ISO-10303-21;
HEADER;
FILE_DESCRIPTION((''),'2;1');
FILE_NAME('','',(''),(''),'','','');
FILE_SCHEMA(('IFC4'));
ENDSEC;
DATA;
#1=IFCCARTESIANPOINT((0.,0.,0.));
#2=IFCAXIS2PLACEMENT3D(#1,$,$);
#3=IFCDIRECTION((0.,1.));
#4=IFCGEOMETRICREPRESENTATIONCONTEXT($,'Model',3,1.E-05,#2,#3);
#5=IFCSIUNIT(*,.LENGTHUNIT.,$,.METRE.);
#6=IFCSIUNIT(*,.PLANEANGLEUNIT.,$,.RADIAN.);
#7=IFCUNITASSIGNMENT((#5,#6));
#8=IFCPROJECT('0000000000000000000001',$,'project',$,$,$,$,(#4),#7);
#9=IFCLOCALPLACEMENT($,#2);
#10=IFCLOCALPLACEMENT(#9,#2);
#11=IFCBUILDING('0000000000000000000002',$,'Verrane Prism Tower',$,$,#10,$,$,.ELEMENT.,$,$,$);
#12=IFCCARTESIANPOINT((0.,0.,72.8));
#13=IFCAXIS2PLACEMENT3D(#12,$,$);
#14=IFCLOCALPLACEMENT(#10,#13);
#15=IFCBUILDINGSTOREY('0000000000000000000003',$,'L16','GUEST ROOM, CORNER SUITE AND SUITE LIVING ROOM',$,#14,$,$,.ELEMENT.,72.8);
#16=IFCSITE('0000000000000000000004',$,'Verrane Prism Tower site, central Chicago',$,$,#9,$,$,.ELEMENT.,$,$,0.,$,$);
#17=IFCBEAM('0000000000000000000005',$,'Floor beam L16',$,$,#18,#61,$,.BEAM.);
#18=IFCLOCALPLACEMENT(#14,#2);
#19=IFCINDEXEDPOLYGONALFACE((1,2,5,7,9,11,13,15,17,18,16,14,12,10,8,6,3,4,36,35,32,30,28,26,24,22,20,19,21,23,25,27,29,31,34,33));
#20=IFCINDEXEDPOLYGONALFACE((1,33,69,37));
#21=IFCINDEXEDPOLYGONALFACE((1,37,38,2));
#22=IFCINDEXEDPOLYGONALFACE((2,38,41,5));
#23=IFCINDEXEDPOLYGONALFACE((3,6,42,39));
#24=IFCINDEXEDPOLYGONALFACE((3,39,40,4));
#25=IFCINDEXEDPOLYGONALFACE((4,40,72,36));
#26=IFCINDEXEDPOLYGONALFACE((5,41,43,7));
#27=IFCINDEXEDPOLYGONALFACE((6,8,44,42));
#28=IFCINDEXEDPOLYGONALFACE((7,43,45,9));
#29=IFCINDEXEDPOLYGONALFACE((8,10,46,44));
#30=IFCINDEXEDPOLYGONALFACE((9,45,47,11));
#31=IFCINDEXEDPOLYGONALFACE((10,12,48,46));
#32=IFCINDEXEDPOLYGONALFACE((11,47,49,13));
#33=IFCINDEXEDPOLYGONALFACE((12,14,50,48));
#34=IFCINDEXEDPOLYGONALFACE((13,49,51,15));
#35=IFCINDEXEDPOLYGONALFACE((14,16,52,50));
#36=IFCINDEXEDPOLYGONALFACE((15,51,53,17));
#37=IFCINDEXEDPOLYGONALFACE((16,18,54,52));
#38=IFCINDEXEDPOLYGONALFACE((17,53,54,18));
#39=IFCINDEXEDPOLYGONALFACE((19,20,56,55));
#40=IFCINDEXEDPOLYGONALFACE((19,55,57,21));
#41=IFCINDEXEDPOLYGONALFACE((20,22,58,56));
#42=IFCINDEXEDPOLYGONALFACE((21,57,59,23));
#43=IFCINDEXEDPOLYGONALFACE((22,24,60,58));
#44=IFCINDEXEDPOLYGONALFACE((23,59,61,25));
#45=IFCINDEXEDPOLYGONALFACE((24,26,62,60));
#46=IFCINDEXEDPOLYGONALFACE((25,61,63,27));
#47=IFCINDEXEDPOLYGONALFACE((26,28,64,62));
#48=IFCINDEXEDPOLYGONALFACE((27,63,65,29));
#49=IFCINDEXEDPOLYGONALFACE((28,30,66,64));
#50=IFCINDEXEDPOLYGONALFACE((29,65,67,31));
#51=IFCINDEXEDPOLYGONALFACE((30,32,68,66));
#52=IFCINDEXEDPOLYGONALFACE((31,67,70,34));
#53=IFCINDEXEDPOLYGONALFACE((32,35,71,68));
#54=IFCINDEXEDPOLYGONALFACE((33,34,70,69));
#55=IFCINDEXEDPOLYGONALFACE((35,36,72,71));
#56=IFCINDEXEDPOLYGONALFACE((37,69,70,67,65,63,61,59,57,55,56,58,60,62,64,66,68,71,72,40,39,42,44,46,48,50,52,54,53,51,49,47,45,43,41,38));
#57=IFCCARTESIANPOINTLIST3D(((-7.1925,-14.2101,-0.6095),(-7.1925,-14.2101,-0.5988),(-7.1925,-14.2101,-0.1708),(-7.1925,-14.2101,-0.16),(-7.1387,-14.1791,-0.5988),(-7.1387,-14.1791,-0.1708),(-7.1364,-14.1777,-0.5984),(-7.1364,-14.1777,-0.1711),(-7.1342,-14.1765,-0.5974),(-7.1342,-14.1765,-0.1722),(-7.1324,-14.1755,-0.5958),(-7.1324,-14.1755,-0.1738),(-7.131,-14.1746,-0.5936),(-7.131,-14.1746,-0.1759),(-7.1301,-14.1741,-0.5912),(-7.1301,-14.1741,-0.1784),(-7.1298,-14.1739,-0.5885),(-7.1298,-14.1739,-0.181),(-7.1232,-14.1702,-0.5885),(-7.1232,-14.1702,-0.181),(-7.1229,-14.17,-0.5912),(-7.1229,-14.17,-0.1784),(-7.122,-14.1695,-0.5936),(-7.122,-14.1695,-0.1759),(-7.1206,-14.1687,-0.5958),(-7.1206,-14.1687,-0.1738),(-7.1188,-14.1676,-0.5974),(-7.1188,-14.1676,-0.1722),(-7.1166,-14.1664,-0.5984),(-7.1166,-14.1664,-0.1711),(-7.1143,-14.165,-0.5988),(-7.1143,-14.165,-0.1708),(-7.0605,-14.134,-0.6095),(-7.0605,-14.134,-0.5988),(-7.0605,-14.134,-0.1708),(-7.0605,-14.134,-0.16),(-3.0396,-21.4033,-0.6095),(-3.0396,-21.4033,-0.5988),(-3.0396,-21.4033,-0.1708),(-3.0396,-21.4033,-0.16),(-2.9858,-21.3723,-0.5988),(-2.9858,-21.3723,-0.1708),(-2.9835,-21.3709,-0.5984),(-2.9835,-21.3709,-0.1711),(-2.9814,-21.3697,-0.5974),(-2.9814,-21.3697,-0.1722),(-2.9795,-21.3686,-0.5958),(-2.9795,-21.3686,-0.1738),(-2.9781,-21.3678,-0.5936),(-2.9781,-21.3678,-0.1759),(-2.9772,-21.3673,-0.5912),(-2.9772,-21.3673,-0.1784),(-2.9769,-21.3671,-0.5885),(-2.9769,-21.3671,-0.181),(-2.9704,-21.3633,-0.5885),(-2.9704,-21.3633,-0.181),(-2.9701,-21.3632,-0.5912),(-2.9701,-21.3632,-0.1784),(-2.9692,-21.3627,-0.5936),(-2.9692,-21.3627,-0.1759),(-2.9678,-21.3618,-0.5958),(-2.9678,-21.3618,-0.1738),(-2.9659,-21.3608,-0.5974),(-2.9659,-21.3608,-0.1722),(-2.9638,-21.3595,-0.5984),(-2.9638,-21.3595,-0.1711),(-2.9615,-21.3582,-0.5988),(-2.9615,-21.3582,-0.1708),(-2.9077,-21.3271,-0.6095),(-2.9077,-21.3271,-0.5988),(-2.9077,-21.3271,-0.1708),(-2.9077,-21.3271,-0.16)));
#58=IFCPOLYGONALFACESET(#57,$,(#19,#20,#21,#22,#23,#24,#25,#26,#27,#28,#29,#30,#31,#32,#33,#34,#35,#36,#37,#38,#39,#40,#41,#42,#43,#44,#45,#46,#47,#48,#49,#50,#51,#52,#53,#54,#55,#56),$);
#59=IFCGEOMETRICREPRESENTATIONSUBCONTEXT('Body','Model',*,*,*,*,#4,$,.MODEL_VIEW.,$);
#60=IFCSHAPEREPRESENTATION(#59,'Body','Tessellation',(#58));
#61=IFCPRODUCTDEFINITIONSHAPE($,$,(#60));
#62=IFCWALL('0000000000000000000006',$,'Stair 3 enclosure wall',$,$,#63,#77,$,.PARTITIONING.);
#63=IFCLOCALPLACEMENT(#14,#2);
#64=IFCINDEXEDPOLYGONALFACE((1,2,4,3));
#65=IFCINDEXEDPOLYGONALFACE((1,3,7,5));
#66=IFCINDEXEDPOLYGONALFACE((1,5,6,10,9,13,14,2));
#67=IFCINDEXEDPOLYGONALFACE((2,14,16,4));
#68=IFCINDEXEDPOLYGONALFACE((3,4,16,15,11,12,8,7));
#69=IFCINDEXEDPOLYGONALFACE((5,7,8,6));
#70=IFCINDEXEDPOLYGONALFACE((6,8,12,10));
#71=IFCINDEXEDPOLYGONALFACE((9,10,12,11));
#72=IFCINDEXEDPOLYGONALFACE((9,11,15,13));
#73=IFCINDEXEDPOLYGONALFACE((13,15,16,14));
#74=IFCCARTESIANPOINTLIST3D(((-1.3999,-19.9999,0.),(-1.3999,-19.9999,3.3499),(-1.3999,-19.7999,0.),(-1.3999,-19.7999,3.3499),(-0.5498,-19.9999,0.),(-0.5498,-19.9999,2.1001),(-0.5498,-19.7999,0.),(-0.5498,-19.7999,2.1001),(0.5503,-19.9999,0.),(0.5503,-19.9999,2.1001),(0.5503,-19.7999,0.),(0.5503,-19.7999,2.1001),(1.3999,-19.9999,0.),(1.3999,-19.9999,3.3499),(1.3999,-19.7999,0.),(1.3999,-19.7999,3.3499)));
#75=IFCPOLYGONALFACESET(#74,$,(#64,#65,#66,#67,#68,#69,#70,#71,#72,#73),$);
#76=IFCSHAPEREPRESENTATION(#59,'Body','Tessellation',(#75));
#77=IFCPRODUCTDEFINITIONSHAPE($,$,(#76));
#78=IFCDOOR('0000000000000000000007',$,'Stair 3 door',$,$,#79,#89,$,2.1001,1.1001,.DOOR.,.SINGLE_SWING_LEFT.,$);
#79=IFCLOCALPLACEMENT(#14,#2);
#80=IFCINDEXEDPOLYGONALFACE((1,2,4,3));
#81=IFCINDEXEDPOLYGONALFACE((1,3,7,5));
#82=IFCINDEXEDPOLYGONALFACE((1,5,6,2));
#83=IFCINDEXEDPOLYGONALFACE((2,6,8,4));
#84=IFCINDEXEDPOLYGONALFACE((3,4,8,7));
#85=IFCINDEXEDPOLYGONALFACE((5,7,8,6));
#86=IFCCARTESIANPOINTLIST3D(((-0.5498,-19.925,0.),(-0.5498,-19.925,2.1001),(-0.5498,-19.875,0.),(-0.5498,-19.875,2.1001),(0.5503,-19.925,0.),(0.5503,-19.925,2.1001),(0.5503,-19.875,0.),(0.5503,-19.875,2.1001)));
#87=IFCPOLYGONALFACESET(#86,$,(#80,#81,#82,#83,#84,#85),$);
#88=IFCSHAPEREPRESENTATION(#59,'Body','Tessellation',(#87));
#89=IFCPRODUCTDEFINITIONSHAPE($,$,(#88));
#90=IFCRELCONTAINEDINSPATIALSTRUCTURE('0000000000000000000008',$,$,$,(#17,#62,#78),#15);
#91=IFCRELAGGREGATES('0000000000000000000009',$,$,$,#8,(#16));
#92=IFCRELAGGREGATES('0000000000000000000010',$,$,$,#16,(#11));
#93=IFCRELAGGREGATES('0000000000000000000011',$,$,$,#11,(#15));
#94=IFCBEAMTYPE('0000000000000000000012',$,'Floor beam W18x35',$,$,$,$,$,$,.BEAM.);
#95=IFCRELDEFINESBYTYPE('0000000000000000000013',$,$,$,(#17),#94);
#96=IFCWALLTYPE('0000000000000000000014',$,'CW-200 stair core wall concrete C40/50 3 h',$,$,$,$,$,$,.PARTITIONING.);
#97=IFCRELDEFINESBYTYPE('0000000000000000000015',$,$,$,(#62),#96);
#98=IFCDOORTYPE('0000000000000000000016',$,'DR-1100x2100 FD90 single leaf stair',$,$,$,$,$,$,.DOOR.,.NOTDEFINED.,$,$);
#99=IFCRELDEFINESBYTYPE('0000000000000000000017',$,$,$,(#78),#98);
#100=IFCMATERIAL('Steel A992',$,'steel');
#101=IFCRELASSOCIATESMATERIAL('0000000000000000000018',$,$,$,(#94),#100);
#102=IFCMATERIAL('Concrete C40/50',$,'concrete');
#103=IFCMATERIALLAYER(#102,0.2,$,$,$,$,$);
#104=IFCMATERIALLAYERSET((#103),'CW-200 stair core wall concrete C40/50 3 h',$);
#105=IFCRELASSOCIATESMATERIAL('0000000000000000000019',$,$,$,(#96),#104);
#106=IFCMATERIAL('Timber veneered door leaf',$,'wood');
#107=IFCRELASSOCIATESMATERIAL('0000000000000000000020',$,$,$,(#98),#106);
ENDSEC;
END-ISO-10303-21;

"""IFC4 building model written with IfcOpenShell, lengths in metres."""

from ifc_helpers import new_model, si_unit, direction, frame, frame_2d, origin, origin_2d, place, context, subcontext, project, spatial, rectangle, i_section, extrude, material, layer, layer_set, material_profile, profile_set, type_object, element, fill, save


model = new_model("IFC4")

# Units and contexts
model_context = context("Model", 3, precision=1e-05, world=origin(), true_north=direction((0.0, 1.0)))
body_context = subcontext(model_context, "Body", "Model", "MODEL_VIEW")
ifc_project = project(units=[si_unit("LENGTHUNIT", "METRE"), si_unit("PLANEANGLEUNIT", "RADIAN")], contexts=[model_context])

# Site, building, storey
site_placement = place(None, origin())
site = spatial("IfcSite", under=ifc_project, at=site_placement, Name="Verrane Prism Tower site, central Chicago", CompositionType="ELEMENT", RefElevation=0.0)
building_placement = place(site_placement, origin())
building = spatial("IfcBuilding", under=site, at=building_placement, Name="Verrane Prism Tower", CompositionType="ELEMENT")
storey_placement = place(building_placement, frame((0.0, 0.0, 72.8)))
storey = spatial("IfcBuildingStorey", under=building, at=storey_placement, Name="L16", Description="GUEST ROOM, CORNER SUITE AND SUITE LIVING ROOM", CompositionType="ELEMENT", Elevation=72.8)

# Beam
ifc_material_1 = material(Name="Steel A992", Category="steel")
ifc_material_profile_1 = material_profile(ifc_material_1, i_section(OverallWidth=0.1523, OverallDepth=0.4495, WebThickness=0.0076, FlangeThickness=0.0107, FilletRadius=0.0103, at=origin_2d()), Name="W18x35")
ifc_profile_set_1 = profile_set([ifc_material_profile_1], Name="Steel A992")
beam_type_1 = type_object("IfcBeamType", Name="Floor beam W18x35", PredefinedType="BEAM", material=ifc_profile_set_1)
beam_1_placement = place(storey_placement, frame((-2.9736, -21.3652, -0.3848), z_axis=(-0.49999, 0.866031, 0.0), x_axis=(-0.866031, -0.49999, 0.0)))
element("IfcBeam", 1, at=beam_1_placement, inside=storey, type_object=beam_type_1, Name="Floor beam L16", PredefinedType="BEAM", context=body_context, shape_type="SweptSolid", body=[
    extrude(i_section(OverallWidth=0.1523, OverallDepth=0.4495, WebThickness=0.0076, FlangeThickness=0.0107, FilletRadius=0.0103, at=origin_2d()), origin(), (0.0, 0.0, 1.0), 8.3059),
])

# Wall, opening, door
ifc_material_2 = material(Name="Concrete C40/50", Category="concrete")
ifc_layer_1 = layer(ifc_material_2, 0.2)
ifc_layer_set_1 = layer_set([ifc_layer_1], Name="CW-200 stair core wall concrete C40/50 3 h")
wall_type_1 = type_object("IfcWallType", Name="CW-200 stair core wall concrete C40/50 3 h", PredefinedType="PARTITIONING", material=ifc_layer_set_1)
wall_1_placement = place(storey_placement, frame((-1.3999, -19.8999, 0.0), z_axis=(0.0, 0.0, 1.0), x_axis=(1.0, 0.0, 0.0)))
wall_1 = element("IfcWall", 2, at=wall_1_placement, inside=storey, type_object=wall_type_1, Name="Stair 3 enclosure wall", PredefinedType="PARTITIONING", context=body_context, shape_type="SweptSolid", body=[
    extrude(rectangle(XDim=2.7998, YDim=0.2, at=frame_2d((1.3999, 0.0))), origin(), (0.0, 0.0, 1.0), 3.3499),
])
opening_1_placement = place(wall_1_placement, frame((0.8501, 0.0, 0.0)))
opening_1 = element("IfcOpeningElement", 3, at=opening_1_placement, cuts=wall_1, PredefinedType="OPENING", context=body_context, shape_type="SweptSolid", body=[
    extrude(rectangle(XDim=1.1001, YDim=2.1001, at=frame_2d((0.55, 1.05))), frame((0.0, 0.1099, 0.0), z_axis=(0.0, -1.0, 0.0), x_axis=(1.0, 0.0, 0.0)), (0.0, 0.0, 1.0), 0.22),
])
ifc_material_3 = material(Name="Timber veneered door leaf", Category="wood")
door_type_1 = type_object("IfcDoorType", Name="DR-1100x2100 FD90 single leaf stair", OperationType="NOTDEFINED", PredefinedType="DOOR", material=ifc_material_3)
door_1_placement = place(opening_1_placement, origin())
door_1 = element("IfcDoor", 4, at=door_1_placement, inside=storey, type_object=door_type_1, Name="Stair 3 door", OperationType="SINGLE_SWING_LEFT", OverallHeight=2.1001, OverallWidth=1.1001, PredefinedType="DOOR", context=body_context, shape_type="SweptSolid", body=[
    extrude(rectangle(XDim=1.1001, YDim=2.1001, at=frame_2d((0.55, 1.05))), frame((0.0, 0.0249, 0.0), z_axis=(0.0, -1.0, 0.0), x_axis=(1.0, 0.0, 0.0)), (0.0, 0.0, 1.0), 0.05),
])
fill(opening_1, door_1)

save(model, "model.ifc")
